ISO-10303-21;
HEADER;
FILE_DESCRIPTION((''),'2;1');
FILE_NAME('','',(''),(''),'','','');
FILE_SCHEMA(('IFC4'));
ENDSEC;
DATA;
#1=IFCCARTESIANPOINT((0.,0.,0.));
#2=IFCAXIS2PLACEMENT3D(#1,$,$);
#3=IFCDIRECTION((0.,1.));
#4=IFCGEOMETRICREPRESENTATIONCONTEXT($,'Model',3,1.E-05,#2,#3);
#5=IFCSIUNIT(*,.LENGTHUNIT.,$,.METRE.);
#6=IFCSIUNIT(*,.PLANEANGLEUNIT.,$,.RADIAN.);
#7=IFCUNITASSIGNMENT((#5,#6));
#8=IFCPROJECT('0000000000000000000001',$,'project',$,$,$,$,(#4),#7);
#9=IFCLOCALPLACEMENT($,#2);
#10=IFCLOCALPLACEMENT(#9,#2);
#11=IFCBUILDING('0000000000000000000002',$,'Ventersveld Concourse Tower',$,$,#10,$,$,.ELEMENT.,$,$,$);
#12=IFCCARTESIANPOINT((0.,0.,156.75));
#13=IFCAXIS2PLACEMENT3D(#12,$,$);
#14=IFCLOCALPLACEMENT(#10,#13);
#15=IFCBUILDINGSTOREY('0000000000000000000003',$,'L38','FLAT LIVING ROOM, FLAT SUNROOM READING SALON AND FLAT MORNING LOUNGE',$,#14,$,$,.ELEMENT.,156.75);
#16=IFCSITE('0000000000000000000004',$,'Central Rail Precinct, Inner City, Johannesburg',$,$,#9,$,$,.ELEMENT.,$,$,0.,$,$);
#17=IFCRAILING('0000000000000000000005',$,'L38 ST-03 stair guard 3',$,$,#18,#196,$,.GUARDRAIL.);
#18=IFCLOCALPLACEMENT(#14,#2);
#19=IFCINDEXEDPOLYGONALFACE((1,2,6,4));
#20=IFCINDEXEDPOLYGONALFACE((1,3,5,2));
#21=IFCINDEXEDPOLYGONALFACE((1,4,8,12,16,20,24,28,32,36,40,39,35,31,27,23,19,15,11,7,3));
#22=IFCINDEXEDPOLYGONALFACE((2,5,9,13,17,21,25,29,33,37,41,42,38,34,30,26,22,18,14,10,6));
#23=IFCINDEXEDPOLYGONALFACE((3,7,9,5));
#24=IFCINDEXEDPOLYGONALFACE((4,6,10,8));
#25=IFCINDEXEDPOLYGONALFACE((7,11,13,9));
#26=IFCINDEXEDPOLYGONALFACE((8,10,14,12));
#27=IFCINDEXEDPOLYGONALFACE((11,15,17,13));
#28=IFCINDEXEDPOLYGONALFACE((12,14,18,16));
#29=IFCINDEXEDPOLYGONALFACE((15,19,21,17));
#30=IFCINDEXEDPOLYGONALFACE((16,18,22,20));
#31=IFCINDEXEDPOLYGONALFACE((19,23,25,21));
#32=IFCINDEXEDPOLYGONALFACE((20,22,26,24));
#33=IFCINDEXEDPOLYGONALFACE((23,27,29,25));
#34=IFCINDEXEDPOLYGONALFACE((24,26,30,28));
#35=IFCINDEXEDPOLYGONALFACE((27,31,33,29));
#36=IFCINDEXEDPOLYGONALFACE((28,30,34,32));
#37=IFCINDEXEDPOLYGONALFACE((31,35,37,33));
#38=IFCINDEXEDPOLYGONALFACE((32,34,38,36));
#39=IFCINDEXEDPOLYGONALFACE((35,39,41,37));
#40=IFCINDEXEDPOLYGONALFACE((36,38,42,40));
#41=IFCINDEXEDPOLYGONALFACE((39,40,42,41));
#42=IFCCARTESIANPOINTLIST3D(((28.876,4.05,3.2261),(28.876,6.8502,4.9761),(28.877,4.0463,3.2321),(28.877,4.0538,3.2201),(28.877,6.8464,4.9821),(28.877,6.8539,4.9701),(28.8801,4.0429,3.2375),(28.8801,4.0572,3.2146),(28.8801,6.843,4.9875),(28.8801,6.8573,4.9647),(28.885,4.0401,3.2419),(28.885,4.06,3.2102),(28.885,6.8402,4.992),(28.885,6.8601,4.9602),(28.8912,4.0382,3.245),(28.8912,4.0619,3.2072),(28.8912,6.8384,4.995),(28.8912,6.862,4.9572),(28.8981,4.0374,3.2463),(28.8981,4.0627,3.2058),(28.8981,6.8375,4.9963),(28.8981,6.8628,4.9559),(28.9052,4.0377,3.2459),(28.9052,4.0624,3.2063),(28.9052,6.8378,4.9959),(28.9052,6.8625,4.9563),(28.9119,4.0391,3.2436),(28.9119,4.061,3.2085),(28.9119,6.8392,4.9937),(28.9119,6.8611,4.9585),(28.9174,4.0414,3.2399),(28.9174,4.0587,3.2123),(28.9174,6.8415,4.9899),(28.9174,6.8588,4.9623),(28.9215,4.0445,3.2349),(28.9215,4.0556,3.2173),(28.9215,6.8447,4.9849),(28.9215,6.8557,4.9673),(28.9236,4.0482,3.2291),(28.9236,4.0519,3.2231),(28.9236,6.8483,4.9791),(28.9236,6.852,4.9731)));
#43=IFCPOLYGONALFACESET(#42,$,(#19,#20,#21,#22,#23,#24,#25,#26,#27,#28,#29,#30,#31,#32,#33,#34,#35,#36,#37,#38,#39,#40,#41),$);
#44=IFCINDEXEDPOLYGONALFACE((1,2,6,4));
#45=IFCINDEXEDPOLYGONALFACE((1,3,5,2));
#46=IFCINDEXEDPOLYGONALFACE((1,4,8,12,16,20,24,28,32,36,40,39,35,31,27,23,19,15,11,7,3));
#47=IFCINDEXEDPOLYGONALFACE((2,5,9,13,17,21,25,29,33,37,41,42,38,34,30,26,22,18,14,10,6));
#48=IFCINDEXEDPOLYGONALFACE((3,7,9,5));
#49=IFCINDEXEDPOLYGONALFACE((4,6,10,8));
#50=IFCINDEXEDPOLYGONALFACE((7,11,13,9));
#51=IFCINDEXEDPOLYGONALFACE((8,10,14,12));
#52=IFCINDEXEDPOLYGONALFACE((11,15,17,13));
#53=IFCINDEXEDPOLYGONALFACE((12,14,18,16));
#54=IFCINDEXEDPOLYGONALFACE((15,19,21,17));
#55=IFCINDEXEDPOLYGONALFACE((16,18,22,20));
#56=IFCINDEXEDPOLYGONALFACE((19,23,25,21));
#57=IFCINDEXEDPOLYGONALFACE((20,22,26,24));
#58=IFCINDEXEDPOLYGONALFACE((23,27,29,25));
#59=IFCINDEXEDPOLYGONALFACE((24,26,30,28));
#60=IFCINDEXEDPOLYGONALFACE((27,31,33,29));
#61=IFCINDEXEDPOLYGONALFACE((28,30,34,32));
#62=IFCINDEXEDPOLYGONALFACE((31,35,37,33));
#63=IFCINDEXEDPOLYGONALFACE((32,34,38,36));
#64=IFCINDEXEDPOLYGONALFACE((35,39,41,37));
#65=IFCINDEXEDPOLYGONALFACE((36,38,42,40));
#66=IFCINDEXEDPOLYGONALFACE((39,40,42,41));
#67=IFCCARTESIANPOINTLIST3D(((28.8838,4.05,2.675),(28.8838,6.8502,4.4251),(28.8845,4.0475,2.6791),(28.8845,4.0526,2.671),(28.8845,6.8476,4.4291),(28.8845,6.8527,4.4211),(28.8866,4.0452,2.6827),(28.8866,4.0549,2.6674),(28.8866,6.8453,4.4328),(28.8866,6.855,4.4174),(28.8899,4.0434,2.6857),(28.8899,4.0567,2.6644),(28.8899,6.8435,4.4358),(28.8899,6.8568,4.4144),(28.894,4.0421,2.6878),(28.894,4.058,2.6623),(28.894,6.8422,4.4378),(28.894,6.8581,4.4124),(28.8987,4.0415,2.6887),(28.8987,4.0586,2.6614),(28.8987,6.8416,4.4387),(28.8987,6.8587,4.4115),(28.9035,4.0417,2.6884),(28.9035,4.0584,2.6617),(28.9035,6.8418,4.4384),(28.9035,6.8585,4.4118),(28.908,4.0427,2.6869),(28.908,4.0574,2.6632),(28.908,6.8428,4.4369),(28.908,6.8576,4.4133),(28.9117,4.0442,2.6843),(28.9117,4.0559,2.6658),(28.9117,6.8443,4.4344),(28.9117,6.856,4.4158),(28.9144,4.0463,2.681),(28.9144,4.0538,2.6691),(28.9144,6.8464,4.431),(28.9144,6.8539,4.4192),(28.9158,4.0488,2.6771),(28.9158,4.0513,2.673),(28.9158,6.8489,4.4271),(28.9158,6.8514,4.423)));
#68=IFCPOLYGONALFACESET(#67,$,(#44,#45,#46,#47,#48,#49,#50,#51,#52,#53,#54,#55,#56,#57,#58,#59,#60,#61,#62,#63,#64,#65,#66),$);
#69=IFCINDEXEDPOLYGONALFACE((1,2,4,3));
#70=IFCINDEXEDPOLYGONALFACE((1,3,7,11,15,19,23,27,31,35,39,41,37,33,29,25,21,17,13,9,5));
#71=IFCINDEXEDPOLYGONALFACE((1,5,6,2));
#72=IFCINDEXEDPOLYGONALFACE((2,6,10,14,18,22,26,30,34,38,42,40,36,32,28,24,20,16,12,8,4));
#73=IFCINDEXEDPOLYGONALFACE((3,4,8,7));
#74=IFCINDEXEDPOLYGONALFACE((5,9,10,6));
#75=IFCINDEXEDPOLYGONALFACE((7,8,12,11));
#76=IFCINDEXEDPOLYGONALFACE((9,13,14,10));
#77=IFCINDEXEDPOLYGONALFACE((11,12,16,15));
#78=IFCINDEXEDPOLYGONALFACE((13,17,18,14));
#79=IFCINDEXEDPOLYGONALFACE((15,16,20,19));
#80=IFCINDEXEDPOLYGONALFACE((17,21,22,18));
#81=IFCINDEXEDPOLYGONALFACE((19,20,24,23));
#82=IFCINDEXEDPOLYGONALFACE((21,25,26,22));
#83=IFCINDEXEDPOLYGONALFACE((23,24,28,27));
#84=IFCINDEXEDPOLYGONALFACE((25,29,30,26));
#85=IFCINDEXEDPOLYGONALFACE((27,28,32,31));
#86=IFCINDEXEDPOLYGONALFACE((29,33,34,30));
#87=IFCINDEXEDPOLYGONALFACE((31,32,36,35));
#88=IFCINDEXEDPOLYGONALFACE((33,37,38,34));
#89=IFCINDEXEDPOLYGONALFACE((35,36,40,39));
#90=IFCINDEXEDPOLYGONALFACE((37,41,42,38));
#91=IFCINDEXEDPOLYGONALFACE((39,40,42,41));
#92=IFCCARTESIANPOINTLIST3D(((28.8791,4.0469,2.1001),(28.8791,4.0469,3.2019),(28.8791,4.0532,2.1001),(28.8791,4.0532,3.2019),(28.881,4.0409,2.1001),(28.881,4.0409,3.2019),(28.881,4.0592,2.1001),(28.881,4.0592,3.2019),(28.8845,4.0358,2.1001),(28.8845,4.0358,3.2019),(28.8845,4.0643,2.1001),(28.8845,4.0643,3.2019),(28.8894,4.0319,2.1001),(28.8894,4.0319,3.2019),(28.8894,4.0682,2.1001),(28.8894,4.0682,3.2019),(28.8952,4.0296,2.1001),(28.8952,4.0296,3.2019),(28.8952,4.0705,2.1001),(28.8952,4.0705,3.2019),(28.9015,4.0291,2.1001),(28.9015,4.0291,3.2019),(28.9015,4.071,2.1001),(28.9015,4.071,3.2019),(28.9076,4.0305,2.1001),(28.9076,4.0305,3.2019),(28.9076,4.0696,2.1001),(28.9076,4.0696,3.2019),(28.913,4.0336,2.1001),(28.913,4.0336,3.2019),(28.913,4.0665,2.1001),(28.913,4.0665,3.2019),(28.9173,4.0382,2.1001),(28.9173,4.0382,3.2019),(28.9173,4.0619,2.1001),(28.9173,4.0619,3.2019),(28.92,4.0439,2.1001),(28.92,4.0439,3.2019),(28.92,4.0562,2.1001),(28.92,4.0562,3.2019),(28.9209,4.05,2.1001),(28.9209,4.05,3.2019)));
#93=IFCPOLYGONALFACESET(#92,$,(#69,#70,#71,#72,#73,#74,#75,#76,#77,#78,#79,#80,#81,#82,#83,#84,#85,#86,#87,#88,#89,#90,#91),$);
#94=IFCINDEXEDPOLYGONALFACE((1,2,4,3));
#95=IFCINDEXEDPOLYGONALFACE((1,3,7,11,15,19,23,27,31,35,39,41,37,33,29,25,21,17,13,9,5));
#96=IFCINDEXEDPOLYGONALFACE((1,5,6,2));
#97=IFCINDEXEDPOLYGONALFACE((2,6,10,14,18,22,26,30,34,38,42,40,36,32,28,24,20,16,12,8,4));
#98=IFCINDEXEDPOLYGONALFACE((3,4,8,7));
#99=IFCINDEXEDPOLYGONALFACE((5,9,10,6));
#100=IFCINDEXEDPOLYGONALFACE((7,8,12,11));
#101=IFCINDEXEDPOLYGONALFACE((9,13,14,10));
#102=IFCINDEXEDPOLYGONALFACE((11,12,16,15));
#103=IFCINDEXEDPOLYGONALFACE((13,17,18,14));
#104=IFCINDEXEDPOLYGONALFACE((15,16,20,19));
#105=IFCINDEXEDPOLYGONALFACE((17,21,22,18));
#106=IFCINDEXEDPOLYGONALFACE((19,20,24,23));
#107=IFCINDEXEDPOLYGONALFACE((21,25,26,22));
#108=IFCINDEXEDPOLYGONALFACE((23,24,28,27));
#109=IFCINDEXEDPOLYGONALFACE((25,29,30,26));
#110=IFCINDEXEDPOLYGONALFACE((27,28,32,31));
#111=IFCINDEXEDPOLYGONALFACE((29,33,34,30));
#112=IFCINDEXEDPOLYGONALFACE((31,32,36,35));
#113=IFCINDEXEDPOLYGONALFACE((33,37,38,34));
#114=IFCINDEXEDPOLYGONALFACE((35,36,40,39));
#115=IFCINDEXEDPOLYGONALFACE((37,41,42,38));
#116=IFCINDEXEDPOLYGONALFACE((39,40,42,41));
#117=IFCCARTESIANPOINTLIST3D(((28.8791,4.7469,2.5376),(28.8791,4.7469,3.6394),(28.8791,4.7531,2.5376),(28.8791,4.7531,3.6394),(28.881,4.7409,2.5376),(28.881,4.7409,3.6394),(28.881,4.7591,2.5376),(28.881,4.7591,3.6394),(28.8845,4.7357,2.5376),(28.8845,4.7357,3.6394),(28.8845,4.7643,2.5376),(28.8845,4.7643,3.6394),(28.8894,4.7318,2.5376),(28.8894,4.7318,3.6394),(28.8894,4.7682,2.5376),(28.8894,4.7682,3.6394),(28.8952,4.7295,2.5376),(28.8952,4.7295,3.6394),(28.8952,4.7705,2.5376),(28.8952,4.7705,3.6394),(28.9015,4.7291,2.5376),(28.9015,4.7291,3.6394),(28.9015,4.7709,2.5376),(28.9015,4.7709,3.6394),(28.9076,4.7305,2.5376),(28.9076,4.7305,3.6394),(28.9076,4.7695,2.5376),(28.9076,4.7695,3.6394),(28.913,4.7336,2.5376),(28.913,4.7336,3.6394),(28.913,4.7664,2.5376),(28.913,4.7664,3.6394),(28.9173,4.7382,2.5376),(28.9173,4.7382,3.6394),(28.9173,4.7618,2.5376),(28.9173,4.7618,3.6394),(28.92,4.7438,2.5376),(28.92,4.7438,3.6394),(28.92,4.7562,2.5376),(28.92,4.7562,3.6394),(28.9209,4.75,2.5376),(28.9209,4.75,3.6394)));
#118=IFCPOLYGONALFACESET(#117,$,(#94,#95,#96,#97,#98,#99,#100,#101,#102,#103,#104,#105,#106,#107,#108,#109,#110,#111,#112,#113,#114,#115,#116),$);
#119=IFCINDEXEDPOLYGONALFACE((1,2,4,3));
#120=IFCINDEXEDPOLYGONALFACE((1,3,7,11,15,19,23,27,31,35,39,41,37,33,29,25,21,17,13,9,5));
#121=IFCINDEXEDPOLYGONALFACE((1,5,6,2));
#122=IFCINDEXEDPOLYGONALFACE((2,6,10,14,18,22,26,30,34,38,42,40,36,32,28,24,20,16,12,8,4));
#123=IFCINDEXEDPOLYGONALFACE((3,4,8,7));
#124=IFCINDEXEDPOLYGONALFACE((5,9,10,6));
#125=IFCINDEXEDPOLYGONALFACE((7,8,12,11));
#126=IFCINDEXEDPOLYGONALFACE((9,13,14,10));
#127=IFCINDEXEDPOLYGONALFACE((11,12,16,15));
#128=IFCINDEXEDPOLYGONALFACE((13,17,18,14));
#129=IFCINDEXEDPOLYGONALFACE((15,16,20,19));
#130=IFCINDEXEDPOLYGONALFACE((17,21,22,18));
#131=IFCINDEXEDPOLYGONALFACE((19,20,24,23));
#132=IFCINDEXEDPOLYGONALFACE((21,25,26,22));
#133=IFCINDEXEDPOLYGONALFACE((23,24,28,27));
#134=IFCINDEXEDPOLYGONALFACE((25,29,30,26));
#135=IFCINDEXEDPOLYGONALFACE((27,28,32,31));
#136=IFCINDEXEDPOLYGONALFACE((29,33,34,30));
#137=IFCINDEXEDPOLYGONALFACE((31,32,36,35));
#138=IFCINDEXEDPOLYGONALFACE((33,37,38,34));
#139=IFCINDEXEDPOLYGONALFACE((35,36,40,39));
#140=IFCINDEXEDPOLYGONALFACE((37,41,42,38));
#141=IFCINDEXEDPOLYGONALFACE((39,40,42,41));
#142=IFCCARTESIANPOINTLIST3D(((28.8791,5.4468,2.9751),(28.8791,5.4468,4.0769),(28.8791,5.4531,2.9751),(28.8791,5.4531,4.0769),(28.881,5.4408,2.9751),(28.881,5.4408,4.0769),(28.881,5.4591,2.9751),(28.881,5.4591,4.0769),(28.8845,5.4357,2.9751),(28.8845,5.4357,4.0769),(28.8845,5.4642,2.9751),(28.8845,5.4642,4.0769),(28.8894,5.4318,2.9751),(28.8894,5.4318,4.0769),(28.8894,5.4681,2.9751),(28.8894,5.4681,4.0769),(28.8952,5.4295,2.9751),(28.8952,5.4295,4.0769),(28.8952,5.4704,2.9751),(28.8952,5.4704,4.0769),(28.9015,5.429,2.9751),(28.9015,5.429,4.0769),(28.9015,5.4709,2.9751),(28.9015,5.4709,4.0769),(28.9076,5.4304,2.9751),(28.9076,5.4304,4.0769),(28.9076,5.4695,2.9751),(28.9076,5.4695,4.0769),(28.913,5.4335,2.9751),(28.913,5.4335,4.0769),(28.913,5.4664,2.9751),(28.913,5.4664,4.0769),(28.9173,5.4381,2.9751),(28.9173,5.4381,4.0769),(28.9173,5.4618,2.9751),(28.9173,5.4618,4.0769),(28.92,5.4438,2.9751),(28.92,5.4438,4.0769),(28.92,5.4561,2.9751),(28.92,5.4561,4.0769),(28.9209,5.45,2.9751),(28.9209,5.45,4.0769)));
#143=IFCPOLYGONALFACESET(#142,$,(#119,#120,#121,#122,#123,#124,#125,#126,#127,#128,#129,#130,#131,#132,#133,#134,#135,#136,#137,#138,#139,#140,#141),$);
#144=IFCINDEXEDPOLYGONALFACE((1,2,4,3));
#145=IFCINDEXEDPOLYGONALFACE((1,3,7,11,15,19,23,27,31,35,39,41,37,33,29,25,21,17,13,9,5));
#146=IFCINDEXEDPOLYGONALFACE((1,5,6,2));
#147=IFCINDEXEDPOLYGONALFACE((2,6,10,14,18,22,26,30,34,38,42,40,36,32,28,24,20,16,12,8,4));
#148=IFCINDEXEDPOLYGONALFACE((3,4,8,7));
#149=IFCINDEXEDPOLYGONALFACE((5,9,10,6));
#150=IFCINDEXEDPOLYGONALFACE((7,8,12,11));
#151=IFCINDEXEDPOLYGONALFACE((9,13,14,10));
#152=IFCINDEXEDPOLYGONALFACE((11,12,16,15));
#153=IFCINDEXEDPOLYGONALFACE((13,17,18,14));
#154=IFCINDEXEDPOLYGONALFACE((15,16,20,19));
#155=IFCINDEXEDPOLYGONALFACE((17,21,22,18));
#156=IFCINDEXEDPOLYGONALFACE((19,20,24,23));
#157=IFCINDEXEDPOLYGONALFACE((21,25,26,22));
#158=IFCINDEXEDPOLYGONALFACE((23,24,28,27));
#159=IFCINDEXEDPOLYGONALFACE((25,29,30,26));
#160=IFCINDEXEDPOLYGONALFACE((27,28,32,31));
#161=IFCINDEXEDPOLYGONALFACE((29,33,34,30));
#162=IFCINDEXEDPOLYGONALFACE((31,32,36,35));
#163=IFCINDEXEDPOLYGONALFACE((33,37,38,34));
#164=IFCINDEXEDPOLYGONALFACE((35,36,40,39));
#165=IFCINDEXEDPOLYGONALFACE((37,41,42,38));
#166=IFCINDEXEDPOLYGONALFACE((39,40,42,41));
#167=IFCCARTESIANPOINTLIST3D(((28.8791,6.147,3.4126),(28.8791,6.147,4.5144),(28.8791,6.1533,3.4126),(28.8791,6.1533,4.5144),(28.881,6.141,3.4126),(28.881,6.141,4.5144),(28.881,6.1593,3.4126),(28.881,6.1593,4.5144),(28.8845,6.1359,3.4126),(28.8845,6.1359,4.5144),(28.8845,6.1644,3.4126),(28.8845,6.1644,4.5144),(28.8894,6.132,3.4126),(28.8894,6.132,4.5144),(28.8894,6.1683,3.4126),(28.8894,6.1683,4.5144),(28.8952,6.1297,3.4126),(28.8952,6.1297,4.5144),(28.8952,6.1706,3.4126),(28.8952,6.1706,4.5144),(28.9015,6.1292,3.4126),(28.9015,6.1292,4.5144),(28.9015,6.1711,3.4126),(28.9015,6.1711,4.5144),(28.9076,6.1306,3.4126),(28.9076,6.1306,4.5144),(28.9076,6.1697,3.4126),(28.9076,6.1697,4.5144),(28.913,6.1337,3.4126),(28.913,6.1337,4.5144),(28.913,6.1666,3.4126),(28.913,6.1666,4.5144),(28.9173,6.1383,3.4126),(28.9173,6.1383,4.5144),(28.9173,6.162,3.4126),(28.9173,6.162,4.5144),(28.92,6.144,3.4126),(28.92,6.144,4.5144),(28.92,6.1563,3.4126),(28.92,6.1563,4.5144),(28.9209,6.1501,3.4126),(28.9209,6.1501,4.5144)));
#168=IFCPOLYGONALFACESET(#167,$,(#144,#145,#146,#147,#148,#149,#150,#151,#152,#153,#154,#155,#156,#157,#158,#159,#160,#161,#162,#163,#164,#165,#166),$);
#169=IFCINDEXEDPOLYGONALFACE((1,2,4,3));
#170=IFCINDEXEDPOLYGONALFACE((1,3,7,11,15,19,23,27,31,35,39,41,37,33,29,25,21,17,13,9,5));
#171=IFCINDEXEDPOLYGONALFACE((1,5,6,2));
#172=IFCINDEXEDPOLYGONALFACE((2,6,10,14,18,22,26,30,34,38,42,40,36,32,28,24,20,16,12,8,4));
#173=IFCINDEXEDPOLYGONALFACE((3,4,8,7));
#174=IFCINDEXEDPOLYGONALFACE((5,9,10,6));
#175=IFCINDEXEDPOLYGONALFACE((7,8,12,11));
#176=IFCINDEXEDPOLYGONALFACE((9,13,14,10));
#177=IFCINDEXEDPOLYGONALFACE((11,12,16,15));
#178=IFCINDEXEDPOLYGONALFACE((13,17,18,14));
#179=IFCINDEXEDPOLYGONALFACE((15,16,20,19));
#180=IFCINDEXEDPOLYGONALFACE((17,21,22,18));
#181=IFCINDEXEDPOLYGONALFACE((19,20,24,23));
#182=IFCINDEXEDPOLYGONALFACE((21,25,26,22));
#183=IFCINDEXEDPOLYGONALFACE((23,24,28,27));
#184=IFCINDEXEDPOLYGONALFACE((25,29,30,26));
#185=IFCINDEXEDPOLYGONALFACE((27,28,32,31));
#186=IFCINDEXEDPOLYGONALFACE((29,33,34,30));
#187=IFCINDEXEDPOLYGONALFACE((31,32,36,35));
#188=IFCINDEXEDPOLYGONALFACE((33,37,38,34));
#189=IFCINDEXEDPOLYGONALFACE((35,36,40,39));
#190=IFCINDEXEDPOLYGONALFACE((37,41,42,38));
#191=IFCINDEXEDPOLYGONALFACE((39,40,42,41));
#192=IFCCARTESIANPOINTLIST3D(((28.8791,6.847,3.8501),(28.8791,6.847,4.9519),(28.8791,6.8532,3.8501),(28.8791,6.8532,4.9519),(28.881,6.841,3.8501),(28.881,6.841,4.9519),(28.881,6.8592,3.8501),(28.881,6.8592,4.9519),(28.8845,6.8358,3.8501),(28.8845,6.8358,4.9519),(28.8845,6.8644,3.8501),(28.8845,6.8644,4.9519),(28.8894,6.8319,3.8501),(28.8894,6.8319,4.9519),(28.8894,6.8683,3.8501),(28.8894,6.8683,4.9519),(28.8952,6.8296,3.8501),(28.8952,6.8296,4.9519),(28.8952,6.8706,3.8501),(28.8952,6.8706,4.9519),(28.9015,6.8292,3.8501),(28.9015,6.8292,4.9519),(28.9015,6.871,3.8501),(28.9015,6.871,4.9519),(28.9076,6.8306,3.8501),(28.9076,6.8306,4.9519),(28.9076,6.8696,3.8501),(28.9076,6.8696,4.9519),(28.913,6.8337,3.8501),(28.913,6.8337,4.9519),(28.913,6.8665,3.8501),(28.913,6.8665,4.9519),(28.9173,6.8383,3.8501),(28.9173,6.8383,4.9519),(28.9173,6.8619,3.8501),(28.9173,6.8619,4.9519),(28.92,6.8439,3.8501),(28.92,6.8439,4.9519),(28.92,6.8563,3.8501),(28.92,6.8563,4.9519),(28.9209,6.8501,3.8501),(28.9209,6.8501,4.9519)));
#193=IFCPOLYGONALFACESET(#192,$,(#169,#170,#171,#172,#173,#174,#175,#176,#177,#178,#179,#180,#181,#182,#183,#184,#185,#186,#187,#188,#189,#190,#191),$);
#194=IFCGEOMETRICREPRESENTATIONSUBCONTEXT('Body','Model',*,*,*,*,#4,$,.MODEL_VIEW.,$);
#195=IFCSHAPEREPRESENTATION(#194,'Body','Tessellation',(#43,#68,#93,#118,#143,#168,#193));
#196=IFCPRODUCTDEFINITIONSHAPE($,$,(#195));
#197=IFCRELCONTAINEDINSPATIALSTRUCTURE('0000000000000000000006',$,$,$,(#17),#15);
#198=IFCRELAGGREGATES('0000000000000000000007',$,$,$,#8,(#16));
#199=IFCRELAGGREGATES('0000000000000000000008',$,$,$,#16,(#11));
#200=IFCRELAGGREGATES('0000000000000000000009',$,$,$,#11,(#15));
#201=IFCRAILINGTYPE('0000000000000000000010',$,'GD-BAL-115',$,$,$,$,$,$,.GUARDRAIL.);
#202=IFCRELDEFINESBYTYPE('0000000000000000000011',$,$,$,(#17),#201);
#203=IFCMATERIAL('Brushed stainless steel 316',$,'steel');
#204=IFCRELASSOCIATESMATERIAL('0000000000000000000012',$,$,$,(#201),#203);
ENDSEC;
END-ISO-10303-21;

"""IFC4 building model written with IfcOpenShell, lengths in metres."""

from ifc_helpers import new_model, si_unit, direction, frame, origin, origin_2d, place, context, subcontext, project, spatial, circle, extrude, material, type_object, element, save


model = new_model("IFC4")

# Units and contexts
model_context = context("Model", 3, precision=1e-05, world=origin(), true_north=direction((0.0, 1.0)))
body_context = subcontext(model_context, "Body", "Model", "MODEL_VIEW")
ifc_project = project(units=[si_unit("LENGTHUNIT", "METRE"), si_unit("PLANEANGLEUNIT", "RADIAN")], contexts=[model_context])

# Site, building, storey
site_placement = place(None, origin())
site = spatial("IfcSite", under=ifc_project, at=site_placement, Name="Central Rail Precinct, Inner City, Johannesburg", CompositionType="ELEMENT", RefElevation=0.0)
building_placement = place(site_placement, origin())
building = spatial("IfcBuilding", under=site, at=building_placement, Name="Ventersveld Concourse Tower", CompositionType="ELEMENT")
storey_placement = place(building_placement, frame((0.0, 0.0, 156.75)))
storey = spatial("IfcBuildingStorey", under=building, at=storey_placement, Name="L38", Description="FLAT LIVING ROOM, FLAT SUNROOM READING SALON AND FLAT MORNING LOUNGE", CompositionType="ELEMENT", Elevation=156.75)

# Shared definitions
ifc_material_1 = material(Name="Brushed stainless steel 316", Category="steel")

# Railing
railing_type_1 = type_object("IfcRailingType", Name="GD-BAL-115", PredefinedType="GUARDRAIL", material=ifc_material_1)
railing_1_placement = place(storey_placement, frame((28.8999, 4.05, 2.1001)))
element("IfcRailing", 1, at=railing_1_placement, inside=storey, type_object=railing_type_1, Name="L38 ST-03 stair guard 3", PredefinedType="GUARDRAIL", context=body_context, shape_type="SweptSolid", body=[
    extrude(circle(Radius=0.0239, at=origin_2d()), frame((0.0, 0.0, 1.126), z_axis=(0.0, 0.848002, 0.529992), x_axis=(-1.0, 0.0, 0.0)), (0.0, 0.0, 1.0), 3.302),
    extrude(circle(Radius=0.0161, at=origin_2d()), frame((0.0, 0.0, 0.575), z_axis=(0.0, 0.848002, 0.529992), x_axis=(-1.0, 0.0, 0.0)), (0.0, 0.0, 1.0), 3.302),
    extrude(circle(Radius=0.021, at=origin_2d()), origin(), (0.0, 0.0, 1.0), 1.1018),
    extrude(circle(Radius=0.021, at=origin_2d()), frame((0.0, 0.7, 0.4375)), (0.0, 0.0, 1.0), 1.1018),
    extrude(circle(Radius=0.021, at=origin_2d()), frame((0.0, 1.3999, 0.875)), (0.0, 0.0, 1.0), 1.1018),
    extrude(circle(Radius=0.021, at=origin_2d()), frame((0.0, 2.1001, 1.3125)), (0.0, 0.0, 1.0), 1.1018),
    extrude(circle(Radius=0.021, at=origin_2d()), frame((0.0, 2.8, 1.75)), (0.0, 0.0, 1.0), 1.1018),
])

save(model, "model.ifc")
